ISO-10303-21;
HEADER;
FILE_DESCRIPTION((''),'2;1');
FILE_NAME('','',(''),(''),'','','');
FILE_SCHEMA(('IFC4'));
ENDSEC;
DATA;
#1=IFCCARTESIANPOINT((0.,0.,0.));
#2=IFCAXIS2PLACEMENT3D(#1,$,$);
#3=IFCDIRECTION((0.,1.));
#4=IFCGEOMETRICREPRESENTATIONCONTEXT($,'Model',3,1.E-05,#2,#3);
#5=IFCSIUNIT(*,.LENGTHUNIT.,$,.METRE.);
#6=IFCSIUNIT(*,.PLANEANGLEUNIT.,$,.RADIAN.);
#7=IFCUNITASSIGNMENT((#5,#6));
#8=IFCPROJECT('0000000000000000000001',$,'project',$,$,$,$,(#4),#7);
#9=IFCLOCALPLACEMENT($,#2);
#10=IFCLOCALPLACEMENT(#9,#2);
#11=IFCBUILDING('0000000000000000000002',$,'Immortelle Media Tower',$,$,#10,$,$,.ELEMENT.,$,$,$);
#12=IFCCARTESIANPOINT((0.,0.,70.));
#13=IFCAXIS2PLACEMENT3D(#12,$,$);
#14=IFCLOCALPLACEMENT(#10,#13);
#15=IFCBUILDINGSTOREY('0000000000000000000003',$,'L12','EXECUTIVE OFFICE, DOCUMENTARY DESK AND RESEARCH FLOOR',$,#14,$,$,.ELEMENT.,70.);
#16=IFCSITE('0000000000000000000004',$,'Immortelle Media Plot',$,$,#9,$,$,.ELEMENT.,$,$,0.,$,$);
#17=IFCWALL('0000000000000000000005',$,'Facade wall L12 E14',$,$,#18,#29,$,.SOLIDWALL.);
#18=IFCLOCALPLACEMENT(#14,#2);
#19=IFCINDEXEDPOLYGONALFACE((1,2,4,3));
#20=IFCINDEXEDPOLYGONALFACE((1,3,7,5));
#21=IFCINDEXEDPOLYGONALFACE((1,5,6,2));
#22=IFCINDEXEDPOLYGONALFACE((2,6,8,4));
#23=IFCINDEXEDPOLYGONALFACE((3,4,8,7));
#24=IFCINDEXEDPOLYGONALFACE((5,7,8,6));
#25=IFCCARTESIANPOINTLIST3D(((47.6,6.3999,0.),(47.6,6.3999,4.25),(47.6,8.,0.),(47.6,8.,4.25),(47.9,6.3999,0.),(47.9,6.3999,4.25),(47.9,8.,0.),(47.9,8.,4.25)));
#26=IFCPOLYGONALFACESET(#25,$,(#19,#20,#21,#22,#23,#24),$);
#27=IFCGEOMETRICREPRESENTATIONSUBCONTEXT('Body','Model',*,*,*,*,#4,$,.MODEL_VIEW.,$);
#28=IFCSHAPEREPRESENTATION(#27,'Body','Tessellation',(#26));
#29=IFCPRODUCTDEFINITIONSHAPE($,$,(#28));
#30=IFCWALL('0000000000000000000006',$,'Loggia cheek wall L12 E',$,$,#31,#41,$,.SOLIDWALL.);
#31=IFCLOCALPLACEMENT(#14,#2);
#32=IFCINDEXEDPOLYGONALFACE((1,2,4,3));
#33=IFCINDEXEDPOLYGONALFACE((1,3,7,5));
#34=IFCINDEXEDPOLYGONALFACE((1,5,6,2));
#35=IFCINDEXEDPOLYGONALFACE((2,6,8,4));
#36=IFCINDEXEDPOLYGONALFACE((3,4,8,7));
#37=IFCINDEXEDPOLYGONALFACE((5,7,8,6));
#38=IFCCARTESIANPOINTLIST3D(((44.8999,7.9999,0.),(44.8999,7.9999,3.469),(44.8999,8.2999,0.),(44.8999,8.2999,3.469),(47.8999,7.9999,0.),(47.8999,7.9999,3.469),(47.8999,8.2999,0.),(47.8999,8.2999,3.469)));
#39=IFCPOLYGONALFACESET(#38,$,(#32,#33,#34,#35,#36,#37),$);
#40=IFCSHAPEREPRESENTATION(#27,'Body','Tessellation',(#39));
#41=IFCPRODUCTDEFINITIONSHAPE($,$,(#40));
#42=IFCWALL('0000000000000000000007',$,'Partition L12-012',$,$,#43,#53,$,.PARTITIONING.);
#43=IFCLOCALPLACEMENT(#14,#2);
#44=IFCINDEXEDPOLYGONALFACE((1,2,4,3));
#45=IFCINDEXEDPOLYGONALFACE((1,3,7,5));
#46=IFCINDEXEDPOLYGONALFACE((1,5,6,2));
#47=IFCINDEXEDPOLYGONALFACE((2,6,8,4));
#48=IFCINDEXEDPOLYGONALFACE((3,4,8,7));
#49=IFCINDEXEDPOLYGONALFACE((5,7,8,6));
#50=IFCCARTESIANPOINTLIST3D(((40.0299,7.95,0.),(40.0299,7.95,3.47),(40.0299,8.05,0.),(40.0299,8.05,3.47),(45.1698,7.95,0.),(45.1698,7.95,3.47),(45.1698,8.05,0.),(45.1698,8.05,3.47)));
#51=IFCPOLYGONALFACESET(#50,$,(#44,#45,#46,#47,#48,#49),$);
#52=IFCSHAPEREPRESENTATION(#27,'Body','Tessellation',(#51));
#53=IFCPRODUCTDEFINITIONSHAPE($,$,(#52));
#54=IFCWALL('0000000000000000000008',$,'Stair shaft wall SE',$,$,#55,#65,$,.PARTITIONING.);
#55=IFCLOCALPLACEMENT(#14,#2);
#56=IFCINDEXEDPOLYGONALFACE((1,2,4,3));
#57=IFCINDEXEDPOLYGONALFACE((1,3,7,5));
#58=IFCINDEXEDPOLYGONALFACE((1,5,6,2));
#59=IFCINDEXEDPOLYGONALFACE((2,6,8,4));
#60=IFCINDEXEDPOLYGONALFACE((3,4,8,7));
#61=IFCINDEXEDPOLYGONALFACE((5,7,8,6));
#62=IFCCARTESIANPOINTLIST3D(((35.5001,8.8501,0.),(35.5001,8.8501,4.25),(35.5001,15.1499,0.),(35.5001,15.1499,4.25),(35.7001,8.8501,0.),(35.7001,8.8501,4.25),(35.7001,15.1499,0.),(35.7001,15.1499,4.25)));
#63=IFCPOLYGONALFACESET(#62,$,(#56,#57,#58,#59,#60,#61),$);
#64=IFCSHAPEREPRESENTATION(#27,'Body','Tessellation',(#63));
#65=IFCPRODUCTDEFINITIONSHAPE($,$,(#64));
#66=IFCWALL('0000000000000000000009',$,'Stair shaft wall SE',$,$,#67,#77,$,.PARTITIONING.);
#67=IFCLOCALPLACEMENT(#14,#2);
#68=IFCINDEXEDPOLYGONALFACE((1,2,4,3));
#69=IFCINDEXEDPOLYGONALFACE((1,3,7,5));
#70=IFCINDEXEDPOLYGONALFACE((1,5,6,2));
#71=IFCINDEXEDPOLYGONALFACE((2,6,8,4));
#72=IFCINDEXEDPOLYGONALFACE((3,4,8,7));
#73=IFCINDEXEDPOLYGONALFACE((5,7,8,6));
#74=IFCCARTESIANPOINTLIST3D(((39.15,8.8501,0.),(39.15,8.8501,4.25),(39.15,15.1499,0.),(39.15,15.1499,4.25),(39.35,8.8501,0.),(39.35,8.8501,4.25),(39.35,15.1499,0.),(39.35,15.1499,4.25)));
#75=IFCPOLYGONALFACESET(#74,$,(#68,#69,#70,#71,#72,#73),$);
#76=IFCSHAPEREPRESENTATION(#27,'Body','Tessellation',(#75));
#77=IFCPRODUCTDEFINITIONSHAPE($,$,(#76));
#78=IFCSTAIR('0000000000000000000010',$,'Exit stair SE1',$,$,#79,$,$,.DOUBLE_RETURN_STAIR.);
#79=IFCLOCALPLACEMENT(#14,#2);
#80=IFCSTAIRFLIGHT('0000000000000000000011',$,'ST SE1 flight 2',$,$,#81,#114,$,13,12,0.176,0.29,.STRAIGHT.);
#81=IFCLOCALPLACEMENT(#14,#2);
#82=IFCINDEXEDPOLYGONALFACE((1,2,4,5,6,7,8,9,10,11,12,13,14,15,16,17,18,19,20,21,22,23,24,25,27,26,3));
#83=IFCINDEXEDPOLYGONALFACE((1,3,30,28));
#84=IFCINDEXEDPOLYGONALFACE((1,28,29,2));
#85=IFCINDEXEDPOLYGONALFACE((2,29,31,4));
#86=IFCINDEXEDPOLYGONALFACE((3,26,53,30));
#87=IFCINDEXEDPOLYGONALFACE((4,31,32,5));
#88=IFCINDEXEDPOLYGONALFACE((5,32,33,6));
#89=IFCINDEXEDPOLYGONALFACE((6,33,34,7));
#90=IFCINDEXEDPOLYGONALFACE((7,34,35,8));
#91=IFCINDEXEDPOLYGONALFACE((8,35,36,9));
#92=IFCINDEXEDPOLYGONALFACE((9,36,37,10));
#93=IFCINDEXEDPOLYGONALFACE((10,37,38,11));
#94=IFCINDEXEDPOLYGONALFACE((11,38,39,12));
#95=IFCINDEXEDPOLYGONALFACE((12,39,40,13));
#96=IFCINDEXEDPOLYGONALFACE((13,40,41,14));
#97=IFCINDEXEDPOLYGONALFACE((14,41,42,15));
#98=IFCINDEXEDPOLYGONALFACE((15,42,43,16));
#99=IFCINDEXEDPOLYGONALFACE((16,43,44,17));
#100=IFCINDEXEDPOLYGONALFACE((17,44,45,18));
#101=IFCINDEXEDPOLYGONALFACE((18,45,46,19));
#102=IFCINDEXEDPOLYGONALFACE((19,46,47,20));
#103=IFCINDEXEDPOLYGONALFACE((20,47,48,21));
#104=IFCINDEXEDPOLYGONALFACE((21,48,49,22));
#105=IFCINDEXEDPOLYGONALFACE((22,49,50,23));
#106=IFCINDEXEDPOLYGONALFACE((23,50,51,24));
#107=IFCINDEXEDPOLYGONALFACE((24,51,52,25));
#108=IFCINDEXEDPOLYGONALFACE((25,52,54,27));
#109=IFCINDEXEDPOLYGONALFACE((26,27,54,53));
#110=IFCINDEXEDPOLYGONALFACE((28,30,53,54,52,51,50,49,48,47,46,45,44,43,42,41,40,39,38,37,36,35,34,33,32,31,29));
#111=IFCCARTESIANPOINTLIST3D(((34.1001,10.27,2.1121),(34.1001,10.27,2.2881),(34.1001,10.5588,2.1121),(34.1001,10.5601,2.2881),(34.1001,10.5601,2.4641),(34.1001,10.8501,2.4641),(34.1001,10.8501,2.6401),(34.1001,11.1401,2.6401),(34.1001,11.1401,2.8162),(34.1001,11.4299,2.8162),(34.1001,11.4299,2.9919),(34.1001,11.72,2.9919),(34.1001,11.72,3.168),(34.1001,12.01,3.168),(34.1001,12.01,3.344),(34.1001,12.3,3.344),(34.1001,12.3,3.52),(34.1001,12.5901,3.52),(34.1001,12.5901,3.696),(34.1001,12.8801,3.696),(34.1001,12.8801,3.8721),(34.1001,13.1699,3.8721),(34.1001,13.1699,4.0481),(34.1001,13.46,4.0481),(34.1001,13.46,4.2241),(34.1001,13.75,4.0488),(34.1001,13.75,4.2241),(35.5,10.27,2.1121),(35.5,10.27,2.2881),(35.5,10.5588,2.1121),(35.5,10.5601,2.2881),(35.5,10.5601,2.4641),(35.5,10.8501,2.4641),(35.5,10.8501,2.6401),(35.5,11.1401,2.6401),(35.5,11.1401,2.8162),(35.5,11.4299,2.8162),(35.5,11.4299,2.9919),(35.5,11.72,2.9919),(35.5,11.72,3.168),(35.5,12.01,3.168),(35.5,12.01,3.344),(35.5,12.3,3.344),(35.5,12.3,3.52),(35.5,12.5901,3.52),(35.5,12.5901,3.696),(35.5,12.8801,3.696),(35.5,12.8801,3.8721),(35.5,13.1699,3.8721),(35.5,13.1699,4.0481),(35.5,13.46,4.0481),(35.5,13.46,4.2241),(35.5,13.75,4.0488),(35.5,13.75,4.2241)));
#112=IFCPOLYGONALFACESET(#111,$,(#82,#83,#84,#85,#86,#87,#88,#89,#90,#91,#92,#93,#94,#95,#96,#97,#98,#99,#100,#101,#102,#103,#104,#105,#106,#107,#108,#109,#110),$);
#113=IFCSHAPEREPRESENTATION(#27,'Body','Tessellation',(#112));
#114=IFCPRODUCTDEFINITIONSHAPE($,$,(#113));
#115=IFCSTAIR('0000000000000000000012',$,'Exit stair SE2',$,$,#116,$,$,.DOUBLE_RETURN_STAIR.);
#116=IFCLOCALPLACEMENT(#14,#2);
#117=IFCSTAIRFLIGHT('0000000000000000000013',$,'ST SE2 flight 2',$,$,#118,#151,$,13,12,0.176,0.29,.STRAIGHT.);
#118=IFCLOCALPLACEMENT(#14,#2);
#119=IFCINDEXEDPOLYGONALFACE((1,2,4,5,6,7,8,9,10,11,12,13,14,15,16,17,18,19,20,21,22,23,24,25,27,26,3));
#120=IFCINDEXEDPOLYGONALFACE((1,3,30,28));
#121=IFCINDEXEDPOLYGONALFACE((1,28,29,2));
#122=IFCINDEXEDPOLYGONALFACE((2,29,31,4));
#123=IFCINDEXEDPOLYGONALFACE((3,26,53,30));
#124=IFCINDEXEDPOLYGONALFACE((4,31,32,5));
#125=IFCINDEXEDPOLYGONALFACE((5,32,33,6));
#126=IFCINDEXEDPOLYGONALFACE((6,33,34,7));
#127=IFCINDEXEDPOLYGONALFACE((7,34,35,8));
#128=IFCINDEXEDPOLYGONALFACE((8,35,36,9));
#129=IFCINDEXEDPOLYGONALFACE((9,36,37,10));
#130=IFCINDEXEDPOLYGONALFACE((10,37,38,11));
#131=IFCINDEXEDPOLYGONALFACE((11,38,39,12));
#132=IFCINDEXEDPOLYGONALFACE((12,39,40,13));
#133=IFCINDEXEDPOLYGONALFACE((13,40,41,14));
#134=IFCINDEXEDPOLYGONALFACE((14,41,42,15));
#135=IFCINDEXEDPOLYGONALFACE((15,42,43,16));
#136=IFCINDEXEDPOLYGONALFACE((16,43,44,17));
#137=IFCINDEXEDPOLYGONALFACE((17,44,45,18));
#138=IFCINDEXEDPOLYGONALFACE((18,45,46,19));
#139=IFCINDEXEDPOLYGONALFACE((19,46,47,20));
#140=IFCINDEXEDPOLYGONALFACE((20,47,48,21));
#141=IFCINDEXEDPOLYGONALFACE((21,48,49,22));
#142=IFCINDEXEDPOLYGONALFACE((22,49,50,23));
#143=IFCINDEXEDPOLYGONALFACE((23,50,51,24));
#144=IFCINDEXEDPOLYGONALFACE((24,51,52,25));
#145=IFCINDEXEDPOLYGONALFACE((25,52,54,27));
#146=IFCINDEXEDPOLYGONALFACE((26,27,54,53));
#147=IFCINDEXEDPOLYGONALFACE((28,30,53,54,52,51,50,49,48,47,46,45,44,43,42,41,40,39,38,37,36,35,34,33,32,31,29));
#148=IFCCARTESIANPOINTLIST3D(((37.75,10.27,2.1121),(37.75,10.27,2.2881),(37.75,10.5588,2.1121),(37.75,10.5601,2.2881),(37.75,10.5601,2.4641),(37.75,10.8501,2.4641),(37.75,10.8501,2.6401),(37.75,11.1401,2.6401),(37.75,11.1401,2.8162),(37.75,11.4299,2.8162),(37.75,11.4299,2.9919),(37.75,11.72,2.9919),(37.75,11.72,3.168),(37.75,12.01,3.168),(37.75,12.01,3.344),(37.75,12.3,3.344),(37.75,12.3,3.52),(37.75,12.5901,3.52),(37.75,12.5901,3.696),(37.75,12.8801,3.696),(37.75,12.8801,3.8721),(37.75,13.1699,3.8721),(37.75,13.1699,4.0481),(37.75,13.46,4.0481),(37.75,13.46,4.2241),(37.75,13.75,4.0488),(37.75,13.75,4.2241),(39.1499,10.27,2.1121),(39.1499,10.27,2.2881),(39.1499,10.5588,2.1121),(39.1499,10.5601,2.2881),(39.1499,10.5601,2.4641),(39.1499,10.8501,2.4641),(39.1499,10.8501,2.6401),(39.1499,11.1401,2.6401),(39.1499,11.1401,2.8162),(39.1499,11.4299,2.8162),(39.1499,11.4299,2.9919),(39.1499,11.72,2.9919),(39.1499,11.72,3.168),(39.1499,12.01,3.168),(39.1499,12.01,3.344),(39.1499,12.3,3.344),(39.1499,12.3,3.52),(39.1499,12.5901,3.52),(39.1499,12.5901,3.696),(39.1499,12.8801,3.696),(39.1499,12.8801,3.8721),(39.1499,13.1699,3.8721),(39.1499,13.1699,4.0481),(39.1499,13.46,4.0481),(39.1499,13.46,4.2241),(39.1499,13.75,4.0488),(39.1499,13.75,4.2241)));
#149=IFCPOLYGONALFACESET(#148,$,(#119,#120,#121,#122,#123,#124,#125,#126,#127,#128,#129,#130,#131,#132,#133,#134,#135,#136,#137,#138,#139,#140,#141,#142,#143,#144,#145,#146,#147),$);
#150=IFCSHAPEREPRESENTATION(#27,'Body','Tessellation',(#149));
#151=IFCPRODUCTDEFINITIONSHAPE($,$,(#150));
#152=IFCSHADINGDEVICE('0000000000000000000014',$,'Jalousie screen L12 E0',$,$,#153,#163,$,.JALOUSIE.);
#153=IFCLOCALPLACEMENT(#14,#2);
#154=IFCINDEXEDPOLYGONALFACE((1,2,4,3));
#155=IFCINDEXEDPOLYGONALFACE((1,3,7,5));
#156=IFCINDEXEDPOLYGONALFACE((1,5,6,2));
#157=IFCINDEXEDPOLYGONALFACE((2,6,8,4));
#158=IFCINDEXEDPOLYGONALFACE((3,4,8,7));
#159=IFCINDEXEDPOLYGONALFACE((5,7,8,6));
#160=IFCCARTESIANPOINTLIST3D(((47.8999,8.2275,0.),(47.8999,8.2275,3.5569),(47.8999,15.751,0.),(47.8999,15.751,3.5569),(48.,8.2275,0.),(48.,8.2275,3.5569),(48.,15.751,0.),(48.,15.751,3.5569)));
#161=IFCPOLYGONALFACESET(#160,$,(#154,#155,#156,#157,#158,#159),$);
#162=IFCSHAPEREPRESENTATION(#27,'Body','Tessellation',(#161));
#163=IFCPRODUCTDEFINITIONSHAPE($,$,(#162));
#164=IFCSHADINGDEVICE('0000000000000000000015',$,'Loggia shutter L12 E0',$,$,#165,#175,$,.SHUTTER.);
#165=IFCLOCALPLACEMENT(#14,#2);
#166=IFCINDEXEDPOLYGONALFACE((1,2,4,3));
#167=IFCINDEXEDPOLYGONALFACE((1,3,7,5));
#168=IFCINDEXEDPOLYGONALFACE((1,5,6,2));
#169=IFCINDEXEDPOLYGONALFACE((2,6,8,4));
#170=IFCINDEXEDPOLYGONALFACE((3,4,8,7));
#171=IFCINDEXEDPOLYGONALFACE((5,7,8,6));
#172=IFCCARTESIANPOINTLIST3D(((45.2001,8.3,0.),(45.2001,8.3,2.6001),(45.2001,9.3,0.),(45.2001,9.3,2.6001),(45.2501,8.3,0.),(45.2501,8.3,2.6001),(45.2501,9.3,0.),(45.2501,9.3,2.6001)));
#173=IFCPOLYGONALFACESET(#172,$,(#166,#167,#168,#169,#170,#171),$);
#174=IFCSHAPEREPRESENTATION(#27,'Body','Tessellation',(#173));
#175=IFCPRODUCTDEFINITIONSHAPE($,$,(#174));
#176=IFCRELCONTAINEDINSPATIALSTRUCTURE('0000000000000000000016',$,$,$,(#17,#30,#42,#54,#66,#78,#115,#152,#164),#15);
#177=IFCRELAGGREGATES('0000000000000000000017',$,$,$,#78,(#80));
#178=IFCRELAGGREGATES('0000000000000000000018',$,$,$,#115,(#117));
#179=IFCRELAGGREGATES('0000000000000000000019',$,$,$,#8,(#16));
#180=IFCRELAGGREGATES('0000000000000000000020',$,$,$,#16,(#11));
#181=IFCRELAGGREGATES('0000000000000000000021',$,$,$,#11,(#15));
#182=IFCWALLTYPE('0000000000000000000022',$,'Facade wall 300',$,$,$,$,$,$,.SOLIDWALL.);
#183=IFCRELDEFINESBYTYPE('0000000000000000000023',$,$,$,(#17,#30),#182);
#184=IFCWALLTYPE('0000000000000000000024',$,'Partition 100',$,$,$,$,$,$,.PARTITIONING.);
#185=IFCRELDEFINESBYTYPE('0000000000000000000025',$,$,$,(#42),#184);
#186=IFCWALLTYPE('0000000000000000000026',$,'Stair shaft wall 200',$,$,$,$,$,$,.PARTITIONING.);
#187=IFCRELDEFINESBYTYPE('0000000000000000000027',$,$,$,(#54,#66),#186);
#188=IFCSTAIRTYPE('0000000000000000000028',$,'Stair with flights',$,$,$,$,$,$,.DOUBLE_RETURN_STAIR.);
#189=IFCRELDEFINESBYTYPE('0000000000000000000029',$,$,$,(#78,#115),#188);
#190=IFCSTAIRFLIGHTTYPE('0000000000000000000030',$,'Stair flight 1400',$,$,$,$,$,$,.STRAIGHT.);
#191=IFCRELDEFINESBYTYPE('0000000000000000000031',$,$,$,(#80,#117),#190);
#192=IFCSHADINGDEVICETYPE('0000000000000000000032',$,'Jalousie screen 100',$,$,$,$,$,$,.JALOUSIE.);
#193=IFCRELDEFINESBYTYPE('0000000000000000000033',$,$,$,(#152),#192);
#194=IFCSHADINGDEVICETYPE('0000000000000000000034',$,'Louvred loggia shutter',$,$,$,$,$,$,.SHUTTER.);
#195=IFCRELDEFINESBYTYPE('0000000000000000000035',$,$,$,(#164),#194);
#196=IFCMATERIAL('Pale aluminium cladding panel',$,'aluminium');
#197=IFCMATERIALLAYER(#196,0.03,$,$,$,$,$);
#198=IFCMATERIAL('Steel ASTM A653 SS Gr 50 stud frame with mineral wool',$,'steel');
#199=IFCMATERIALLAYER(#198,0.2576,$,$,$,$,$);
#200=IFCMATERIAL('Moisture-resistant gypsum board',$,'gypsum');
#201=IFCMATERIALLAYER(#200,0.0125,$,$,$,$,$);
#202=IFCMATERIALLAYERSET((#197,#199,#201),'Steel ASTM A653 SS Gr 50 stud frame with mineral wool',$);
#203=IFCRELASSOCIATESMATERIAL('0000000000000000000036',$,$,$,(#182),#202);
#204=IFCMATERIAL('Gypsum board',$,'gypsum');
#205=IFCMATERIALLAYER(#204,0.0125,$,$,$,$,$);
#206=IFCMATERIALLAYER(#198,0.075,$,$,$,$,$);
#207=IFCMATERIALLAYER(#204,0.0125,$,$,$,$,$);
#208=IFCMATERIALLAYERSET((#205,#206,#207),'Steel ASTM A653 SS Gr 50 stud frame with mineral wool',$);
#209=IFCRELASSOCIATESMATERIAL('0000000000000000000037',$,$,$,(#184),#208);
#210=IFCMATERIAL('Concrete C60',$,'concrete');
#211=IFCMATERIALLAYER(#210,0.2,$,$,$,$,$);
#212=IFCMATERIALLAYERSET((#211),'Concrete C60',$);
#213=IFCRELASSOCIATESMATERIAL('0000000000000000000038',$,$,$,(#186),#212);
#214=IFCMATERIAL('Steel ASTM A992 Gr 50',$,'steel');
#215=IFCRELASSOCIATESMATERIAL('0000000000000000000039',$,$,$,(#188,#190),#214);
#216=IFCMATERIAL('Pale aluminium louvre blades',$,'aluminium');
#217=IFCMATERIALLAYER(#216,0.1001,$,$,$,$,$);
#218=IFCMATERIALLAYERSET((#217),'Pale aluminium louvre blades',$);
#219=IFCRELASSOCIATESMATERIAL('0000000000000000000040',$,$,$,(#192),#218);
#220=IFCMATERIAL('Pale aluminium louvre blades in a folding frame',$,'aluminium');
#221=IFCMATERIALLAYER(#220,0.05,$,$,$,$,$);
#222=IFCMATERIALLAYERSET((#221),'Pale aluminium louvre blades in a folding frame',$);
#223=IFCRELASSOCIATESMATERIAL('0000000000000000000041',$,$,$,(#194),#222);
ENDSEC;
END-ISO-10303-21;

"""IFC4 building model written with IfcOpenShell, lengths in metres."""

from ifc_helpers import new_model, si_unit, direction, frame, frame_2d, origin, origin_2d, place, context, subcontext, project, spatial, polyline, rectangle, outline, extrude, material, layer, layer_set, type_object, element, aggregate, save


model = new_model("IFC4")

# Units and contexts
model_context = context("Model", 3, precision=1e-05, world=origin(), true_north=direction((0.0, 1.0)))
body_context = subcontext(model_context, "Body", "Model", "MODEL_VIEW")
ifc_project = project(units=[si_unit("LENGTHUNIT", "METRE"), si_unit("PLANEANGLEUNIT", "RADIAN")], contexts=[model_context])

# Site, building, storey
site_placement = place(None, origin())
site = spatial("IfcSite", under=ifc_project, at=site_placement, Name="Immortelle Media Plot", CompositionType="ELEMENT", RefElevation=0.0)
building_placement = place(site_placement, origin())
building = spatial("IfcBuilding", under=site, at=building_placement, Name="Immortelle Media Tower", CompositionType="ELEMENT")
storey_placement = place(building_placement, frame((0.0, 0.0, 70.0)))
storey = spatial("IfcBuildingStorey", under=building, at=storey_placement, Name="L12", Description="EXECUTIVE OFFICE, DOCUMENTARY DESK AND RESEARCH FLOOR", CompositionType="ELEMENT", Elevation=70.0)

# Shared definitions
ifc_material_1 = material(Name="Steel ASTM A992 Gr 50", Category="steel")

# Wall
ifc_material_2 = material(Name="Pale aluminium cladding panel", Category="aluminium")
ifc_layer_1 = layer(ifc_material_2, 0.03)
ifc_material_3 = material(Name="Steel ASTM A653 SS Gr 50 stud frame with mineral wool", Category="steel")
ifc_layer_2 = layer(ifc_material_3, 0.2576)
ifc_material_4 = material(Name="Moisture-resistant gypsum board", Category="gypsum")
ifc_layer_3 = layer(ifc_material_4, 0.0125)
ifc_layer_set_1 = layer_set([ifc_layer_1, ifc_layer_2, ifc_layer_3], Name="Steel ASTM A653 SS Gr 50 stud frame with mineral wool")
wall_type_1 = type_object("IfcWallType", Name="Facade wall 300", PredefinedType="SOLIDWALL", material=ifc_layer_set_1)
wall_1_placement = place(storey_placement, frame((47.75, 6.3999, 0.0), z_axis=(0.0, 0.0, 1.0), x_axis=(0.0, 1.0, 0.0)))
element("IfcWall", 1, at=wall_1_placement, inside=storey, type_object=wall_type_1, Name="Facade wall L12 E14", PredefinedType="SOLIDWALL", context=body_context, shape_type="SweptSolid", body=[
    extrude(rectangle(XDim=1.6001, YDim=0.3, at=frame_2d((0.8, 0.0))), origin(), (0.0, 0.0, 1.0), 4.25),
])

# Walls
wall_2_placement = place(storey_placement, frame((47.8999, 8.1499, 0.0), z_axis=(0.0, 0.0, 1.0), x_axis=(-1.0, 0.0, 0.0)))
element("IfcWall", 2, at=wall_2_placement, inside=storey, type_object=wall_type_1, Name="Loggia cheek wall L12 E", PredefinedType="SOLIDWALL", context=body_context, shape_type="SweptSolid", body=[
    extrude(rectangle(XDim=3.0, YDim=0.3, at=frame_2d((1.5, 0.0))), origin(), (0.0, 0.0, 1.0), 3.469),
])
ifc_material_5 = material(Name="Gypsum board", Category="gypsum")
ifc_layer_4 = layer(ifc_material_5, 0.0125)
ifc_layer_5 = layer(ifc_material_3, 0.075)
ifc_layer_6 = layer(ifc_material_5, 0.0125)
ifc_layer_set_2 = layer_set([ifc_layer_4, ifc_layer_5, ifc_layer_6], Name="Steel ASTM A653 SS Gr 50 stud frame with mineral wool")
wall_type_2 = type_object("IfcWallType", Name="Partition 100", PredefinedType="PARTITIONING", material=ifc_layer_set_2)
wall_3_placement = place(storey_placement, frame((40.03, 8.0, 0.0), z_axis=(0.0, 0.0, 1.0), x_axis=(1.0, 0.0, 0.0)))
element("IfcWall", 3, at=wall_3_placement, inside=storey, type_object=wall_type_2, Name="Partition L12-012", PredefinedType="PARTITIONING", context=body_context, shape_type="SweptSolid", body=[
    extrude(rectangle(XDim=5.1399, YDim=0.1001, at=frame_2d((2.5698, 0.0))), origin(), (0.0, 0.0, 1.0), 3.47),
])
ifc_material_6 = material(Name="Concrete C60", Category="concrete")
ifc_layer_7 = layer(ifc_material_6, 0.2)
ifc_layer_set_3 = layer_set([ifc_layer_7], Name="Concrete C60")
wall_type_3 = type_object("IfcWallType", Name="Stair shaft wall 200", PredefinedType="PARTITIONING", material=ifc_layer_set_3)
for number, where, z_axis, x_axis, name in (
    (4, (35.6001, 8.8501, 0.0), (0.0, 0.0, 1.0), (0.0, 1.0, 0.0), "Stair shaft wall SE"),
    (5, (39.25, 8.8501, 0.0), (0.0, 0.0, 1.0), (0.0, 1.0, 0.0), "Stair shaft wall SE"),
):
    element("IfcWall", number, at=place(storey_placement, frame(where, z_axis=z_axis, x_axis=x_axis)), inside=storey, type_object=wall_type_3, Name=name, PredefinedType="PARTITIONING", context=body_context, shape_type="SweptSolid", body=[
        extrude(rectangle(XDim=6.2998, YDim=0.2, at=frame_2d((3.1499, 0.0))), origin(), (0.0, 0.0, 1.0), 4.25),
    ])

# Stairs, stair flights
stair_type = type_object("IfcStairType", Name="Stair with flights", PredefinedType="DOUBLE_RETURN_STAIR", material=ifc_material_1)
stair_1_placement = place(storey_placement, origin())
stair_1 = element("IfcStair", 6, at=stair_1_placement, inside=storey, type_object=stair_type, Name="Exit stair SE1", PredefinedType="DOUBLE_RETURN_STAIR")
stair_flight_type = type_object("IfcStairFlightType", Name="Stair flight 1400", PredefinedType="STRAIGHT", material=ifc_material_1)
stair_flight_1_placement = place(storey_placement, frame((34.8, 10.27, 2.1121), z_axis=(0.0, 0.0, 1.0), x_axis=(0.0, 1.0, 0.0)))
stair_flight_1 = element("IfcStairFlight", 7, at=stair_flight_1_placement, type_object=stair_flight_type, Name="ST SE1 flight 2", NumberOfRisers=13, NumberOfTreads=12, PredefinedType="STRAIGHT", RiserHeight=0.176, TreadLength=0.29, context=body_context, shape_type="SweptSolid", body=[
    extrude(outline(polyline([(0.0, 0.0), (0.0, 0.176), (0.29, 0.176), (0.29, 0.3521), (0.5801, 0.3521), (0.5801, 0.5281), (0.8701, 0.5281), (0.8701, 0.7041), (1.1599, 0.7041), (1.1599, 0.8799), (1.45, 0.8799), (1.45, 1.0559), (1.74, 1.0559), (1.74, 1.2319), (2.03, 1.2319), (2.03, 1.408), (2.3201, 1.408), (2.3201, 1.584), (2.6101, 1.584), (2.6101, 1.76), (2.8999, 1.76), (2.8999, 1.936), (3.1899, 1.936), (3.1899, 2.1121), (3.48, 2.1121), (3.48, 2.2881), (3.48, 1.9368), (0.2888, 0.0), (0.0, 0.0)])), frame((0.0, 0.7, 0.0), z_axis=(0.0, -1.0, 0.0), x_axis=(1.0, 0.0, 0.0)), (0.0, 0.0, 1.0), 1.3999),
])
aggregate(stair_1, [stair_flight_1])
stair_2_placement = place(storey_placement, origin())
stair_2 = element("IfcStair", 8, at=stair_2_placement, inside=storey, type_object=stair_type, Name="Exit stair SE2", PredefinedType="DOUBLE_RETURN_STAIR")
stair_flight_2_placement = place(storey_placement, frame((38.45, 10.27, 2.1121), z_axis=(0.0, 0.0, 1.0), x_axis=(0.0, 1.0, 0.0)))
stair_flight_2 = element("IfcStairFlight", 9, at=stair_flight_2_placement, type_object=stair_flight_type, Name="ST SE2 flight 2", NumberOfRisers=13, NumberOfTreads=12, PredefinedType="STRAIGHT", RiserHeight=0.176, TreadLength=0.29, context=body_context, shape_type="SweptSolid", body=[
    extrude(outline(polyline([(0.0, 0.0), (0.0, 0.176), (0.29, 0.176), (0.29, 0.3521), (0.5801, 0.3521), (0.5801, 0.5281), (0.8701, 0.5281), (0.8701, 0.7041), (1.1599, 0.7041), (1.1599, 0.8799), (1.45, 0.8799), (1.45, 1.0559), (1.74, 1.0559), (1.74, 1.2319), (2.03, 1.2319), (2.03, 1.408), (2.3201, 1.408), (2.3201, 1.584), (2.6101, 1.584), (2.6101, 1.76), (2.8999, 1.76), (2.8999, 1.936), (3.1899, 1.936), (3.1899, 2.1121), (3.48, 2.1121), (3.48, 2.2881), (3.48, 1.9368), (0.2888, 0.0), (0.0, 0.0)])), frame((0.0, 0.7, 0.0), z_axis=(0.0, -1.0, 0.0), x_axis=(1.0, 0.0, 0.0)), (0.0, 0.0, 1.0), 1.3999),
])
aggregate(stair_2, [stair_flight_2])

# Shading devices
ifc_material_7 = material(Name="Pale aluminium louvre blades", Category="aluminium")
ifc_layer_8 = layer(ifc_material_7, 0.1001)
ifc_layer_set_4 = layer_set([ifc_layer_8], Name="Pale aluminium louvre blades")
shading_device_type_1 = type_object("IfcShadingDeviceType", Name="Jalousie screen 100", PredefinedType="JALOUSIE", material=ifc_layer_set_4)
shading_device_1_placement = place(storey_placement, frame((47.95, 11.9893, 0.0), z_axis=(0.0, 0.0, 1.0), x_axis=(0.0, 1.0, 0.0)))
element("IfcShadingDevice", 10, at=shading_device_1_placement, inside=storey, type_object=shading_device_type_1, Name="Jalousie screen L12 E0", PredefinedType="JALOUSIE", context=body_context, shape_type="SweptSolid", body=[
    extrude(rectangle(XDim=7.5234, YDim=0.1001, at=origin_2d()), origin(), (0.0, 0.0, 1.0), 3.5569),
])
ifc_material_8 = material(Name="Pale aluminium louvre blades in a folding frame", Category="aluminium")
ifc_layer_9 = layer(ifc_material_8, 0.05)
ifc_layer_set_5 = layer_set([ifc_layer_9], Name="Pale aluminium louvre blades in a folding frame")
shading_device_type_2 = type_object("IfcShadingDeviceType", Name="Louvred loggia shutter", PredefinedType="SHUTTER", material=ifc_layer_set_5)
shading_device_2_placement = place(storey_placement, frame((45.2251, 8.8, 0.0), z_axis=(0.0, 0.0, 1.0), x_axis=(0.0, 1.0, 0.0)))
element("IfcShadingDevice", 11, at=shading_device_2_placement, inside=storey, type_object=shading_device_type_2, Name="Loggia shutter L12 E0", PredefinedType="SHUTTER", context=body_context, shape_type="SweptSolid", body=[
    extrude(rectangle(XDim=1.0, YDim=0.05, at=origin_2d()), origin(), (0.0, 0.0, 1.0), 2.6001),
])

save(model, "model.ifc")
